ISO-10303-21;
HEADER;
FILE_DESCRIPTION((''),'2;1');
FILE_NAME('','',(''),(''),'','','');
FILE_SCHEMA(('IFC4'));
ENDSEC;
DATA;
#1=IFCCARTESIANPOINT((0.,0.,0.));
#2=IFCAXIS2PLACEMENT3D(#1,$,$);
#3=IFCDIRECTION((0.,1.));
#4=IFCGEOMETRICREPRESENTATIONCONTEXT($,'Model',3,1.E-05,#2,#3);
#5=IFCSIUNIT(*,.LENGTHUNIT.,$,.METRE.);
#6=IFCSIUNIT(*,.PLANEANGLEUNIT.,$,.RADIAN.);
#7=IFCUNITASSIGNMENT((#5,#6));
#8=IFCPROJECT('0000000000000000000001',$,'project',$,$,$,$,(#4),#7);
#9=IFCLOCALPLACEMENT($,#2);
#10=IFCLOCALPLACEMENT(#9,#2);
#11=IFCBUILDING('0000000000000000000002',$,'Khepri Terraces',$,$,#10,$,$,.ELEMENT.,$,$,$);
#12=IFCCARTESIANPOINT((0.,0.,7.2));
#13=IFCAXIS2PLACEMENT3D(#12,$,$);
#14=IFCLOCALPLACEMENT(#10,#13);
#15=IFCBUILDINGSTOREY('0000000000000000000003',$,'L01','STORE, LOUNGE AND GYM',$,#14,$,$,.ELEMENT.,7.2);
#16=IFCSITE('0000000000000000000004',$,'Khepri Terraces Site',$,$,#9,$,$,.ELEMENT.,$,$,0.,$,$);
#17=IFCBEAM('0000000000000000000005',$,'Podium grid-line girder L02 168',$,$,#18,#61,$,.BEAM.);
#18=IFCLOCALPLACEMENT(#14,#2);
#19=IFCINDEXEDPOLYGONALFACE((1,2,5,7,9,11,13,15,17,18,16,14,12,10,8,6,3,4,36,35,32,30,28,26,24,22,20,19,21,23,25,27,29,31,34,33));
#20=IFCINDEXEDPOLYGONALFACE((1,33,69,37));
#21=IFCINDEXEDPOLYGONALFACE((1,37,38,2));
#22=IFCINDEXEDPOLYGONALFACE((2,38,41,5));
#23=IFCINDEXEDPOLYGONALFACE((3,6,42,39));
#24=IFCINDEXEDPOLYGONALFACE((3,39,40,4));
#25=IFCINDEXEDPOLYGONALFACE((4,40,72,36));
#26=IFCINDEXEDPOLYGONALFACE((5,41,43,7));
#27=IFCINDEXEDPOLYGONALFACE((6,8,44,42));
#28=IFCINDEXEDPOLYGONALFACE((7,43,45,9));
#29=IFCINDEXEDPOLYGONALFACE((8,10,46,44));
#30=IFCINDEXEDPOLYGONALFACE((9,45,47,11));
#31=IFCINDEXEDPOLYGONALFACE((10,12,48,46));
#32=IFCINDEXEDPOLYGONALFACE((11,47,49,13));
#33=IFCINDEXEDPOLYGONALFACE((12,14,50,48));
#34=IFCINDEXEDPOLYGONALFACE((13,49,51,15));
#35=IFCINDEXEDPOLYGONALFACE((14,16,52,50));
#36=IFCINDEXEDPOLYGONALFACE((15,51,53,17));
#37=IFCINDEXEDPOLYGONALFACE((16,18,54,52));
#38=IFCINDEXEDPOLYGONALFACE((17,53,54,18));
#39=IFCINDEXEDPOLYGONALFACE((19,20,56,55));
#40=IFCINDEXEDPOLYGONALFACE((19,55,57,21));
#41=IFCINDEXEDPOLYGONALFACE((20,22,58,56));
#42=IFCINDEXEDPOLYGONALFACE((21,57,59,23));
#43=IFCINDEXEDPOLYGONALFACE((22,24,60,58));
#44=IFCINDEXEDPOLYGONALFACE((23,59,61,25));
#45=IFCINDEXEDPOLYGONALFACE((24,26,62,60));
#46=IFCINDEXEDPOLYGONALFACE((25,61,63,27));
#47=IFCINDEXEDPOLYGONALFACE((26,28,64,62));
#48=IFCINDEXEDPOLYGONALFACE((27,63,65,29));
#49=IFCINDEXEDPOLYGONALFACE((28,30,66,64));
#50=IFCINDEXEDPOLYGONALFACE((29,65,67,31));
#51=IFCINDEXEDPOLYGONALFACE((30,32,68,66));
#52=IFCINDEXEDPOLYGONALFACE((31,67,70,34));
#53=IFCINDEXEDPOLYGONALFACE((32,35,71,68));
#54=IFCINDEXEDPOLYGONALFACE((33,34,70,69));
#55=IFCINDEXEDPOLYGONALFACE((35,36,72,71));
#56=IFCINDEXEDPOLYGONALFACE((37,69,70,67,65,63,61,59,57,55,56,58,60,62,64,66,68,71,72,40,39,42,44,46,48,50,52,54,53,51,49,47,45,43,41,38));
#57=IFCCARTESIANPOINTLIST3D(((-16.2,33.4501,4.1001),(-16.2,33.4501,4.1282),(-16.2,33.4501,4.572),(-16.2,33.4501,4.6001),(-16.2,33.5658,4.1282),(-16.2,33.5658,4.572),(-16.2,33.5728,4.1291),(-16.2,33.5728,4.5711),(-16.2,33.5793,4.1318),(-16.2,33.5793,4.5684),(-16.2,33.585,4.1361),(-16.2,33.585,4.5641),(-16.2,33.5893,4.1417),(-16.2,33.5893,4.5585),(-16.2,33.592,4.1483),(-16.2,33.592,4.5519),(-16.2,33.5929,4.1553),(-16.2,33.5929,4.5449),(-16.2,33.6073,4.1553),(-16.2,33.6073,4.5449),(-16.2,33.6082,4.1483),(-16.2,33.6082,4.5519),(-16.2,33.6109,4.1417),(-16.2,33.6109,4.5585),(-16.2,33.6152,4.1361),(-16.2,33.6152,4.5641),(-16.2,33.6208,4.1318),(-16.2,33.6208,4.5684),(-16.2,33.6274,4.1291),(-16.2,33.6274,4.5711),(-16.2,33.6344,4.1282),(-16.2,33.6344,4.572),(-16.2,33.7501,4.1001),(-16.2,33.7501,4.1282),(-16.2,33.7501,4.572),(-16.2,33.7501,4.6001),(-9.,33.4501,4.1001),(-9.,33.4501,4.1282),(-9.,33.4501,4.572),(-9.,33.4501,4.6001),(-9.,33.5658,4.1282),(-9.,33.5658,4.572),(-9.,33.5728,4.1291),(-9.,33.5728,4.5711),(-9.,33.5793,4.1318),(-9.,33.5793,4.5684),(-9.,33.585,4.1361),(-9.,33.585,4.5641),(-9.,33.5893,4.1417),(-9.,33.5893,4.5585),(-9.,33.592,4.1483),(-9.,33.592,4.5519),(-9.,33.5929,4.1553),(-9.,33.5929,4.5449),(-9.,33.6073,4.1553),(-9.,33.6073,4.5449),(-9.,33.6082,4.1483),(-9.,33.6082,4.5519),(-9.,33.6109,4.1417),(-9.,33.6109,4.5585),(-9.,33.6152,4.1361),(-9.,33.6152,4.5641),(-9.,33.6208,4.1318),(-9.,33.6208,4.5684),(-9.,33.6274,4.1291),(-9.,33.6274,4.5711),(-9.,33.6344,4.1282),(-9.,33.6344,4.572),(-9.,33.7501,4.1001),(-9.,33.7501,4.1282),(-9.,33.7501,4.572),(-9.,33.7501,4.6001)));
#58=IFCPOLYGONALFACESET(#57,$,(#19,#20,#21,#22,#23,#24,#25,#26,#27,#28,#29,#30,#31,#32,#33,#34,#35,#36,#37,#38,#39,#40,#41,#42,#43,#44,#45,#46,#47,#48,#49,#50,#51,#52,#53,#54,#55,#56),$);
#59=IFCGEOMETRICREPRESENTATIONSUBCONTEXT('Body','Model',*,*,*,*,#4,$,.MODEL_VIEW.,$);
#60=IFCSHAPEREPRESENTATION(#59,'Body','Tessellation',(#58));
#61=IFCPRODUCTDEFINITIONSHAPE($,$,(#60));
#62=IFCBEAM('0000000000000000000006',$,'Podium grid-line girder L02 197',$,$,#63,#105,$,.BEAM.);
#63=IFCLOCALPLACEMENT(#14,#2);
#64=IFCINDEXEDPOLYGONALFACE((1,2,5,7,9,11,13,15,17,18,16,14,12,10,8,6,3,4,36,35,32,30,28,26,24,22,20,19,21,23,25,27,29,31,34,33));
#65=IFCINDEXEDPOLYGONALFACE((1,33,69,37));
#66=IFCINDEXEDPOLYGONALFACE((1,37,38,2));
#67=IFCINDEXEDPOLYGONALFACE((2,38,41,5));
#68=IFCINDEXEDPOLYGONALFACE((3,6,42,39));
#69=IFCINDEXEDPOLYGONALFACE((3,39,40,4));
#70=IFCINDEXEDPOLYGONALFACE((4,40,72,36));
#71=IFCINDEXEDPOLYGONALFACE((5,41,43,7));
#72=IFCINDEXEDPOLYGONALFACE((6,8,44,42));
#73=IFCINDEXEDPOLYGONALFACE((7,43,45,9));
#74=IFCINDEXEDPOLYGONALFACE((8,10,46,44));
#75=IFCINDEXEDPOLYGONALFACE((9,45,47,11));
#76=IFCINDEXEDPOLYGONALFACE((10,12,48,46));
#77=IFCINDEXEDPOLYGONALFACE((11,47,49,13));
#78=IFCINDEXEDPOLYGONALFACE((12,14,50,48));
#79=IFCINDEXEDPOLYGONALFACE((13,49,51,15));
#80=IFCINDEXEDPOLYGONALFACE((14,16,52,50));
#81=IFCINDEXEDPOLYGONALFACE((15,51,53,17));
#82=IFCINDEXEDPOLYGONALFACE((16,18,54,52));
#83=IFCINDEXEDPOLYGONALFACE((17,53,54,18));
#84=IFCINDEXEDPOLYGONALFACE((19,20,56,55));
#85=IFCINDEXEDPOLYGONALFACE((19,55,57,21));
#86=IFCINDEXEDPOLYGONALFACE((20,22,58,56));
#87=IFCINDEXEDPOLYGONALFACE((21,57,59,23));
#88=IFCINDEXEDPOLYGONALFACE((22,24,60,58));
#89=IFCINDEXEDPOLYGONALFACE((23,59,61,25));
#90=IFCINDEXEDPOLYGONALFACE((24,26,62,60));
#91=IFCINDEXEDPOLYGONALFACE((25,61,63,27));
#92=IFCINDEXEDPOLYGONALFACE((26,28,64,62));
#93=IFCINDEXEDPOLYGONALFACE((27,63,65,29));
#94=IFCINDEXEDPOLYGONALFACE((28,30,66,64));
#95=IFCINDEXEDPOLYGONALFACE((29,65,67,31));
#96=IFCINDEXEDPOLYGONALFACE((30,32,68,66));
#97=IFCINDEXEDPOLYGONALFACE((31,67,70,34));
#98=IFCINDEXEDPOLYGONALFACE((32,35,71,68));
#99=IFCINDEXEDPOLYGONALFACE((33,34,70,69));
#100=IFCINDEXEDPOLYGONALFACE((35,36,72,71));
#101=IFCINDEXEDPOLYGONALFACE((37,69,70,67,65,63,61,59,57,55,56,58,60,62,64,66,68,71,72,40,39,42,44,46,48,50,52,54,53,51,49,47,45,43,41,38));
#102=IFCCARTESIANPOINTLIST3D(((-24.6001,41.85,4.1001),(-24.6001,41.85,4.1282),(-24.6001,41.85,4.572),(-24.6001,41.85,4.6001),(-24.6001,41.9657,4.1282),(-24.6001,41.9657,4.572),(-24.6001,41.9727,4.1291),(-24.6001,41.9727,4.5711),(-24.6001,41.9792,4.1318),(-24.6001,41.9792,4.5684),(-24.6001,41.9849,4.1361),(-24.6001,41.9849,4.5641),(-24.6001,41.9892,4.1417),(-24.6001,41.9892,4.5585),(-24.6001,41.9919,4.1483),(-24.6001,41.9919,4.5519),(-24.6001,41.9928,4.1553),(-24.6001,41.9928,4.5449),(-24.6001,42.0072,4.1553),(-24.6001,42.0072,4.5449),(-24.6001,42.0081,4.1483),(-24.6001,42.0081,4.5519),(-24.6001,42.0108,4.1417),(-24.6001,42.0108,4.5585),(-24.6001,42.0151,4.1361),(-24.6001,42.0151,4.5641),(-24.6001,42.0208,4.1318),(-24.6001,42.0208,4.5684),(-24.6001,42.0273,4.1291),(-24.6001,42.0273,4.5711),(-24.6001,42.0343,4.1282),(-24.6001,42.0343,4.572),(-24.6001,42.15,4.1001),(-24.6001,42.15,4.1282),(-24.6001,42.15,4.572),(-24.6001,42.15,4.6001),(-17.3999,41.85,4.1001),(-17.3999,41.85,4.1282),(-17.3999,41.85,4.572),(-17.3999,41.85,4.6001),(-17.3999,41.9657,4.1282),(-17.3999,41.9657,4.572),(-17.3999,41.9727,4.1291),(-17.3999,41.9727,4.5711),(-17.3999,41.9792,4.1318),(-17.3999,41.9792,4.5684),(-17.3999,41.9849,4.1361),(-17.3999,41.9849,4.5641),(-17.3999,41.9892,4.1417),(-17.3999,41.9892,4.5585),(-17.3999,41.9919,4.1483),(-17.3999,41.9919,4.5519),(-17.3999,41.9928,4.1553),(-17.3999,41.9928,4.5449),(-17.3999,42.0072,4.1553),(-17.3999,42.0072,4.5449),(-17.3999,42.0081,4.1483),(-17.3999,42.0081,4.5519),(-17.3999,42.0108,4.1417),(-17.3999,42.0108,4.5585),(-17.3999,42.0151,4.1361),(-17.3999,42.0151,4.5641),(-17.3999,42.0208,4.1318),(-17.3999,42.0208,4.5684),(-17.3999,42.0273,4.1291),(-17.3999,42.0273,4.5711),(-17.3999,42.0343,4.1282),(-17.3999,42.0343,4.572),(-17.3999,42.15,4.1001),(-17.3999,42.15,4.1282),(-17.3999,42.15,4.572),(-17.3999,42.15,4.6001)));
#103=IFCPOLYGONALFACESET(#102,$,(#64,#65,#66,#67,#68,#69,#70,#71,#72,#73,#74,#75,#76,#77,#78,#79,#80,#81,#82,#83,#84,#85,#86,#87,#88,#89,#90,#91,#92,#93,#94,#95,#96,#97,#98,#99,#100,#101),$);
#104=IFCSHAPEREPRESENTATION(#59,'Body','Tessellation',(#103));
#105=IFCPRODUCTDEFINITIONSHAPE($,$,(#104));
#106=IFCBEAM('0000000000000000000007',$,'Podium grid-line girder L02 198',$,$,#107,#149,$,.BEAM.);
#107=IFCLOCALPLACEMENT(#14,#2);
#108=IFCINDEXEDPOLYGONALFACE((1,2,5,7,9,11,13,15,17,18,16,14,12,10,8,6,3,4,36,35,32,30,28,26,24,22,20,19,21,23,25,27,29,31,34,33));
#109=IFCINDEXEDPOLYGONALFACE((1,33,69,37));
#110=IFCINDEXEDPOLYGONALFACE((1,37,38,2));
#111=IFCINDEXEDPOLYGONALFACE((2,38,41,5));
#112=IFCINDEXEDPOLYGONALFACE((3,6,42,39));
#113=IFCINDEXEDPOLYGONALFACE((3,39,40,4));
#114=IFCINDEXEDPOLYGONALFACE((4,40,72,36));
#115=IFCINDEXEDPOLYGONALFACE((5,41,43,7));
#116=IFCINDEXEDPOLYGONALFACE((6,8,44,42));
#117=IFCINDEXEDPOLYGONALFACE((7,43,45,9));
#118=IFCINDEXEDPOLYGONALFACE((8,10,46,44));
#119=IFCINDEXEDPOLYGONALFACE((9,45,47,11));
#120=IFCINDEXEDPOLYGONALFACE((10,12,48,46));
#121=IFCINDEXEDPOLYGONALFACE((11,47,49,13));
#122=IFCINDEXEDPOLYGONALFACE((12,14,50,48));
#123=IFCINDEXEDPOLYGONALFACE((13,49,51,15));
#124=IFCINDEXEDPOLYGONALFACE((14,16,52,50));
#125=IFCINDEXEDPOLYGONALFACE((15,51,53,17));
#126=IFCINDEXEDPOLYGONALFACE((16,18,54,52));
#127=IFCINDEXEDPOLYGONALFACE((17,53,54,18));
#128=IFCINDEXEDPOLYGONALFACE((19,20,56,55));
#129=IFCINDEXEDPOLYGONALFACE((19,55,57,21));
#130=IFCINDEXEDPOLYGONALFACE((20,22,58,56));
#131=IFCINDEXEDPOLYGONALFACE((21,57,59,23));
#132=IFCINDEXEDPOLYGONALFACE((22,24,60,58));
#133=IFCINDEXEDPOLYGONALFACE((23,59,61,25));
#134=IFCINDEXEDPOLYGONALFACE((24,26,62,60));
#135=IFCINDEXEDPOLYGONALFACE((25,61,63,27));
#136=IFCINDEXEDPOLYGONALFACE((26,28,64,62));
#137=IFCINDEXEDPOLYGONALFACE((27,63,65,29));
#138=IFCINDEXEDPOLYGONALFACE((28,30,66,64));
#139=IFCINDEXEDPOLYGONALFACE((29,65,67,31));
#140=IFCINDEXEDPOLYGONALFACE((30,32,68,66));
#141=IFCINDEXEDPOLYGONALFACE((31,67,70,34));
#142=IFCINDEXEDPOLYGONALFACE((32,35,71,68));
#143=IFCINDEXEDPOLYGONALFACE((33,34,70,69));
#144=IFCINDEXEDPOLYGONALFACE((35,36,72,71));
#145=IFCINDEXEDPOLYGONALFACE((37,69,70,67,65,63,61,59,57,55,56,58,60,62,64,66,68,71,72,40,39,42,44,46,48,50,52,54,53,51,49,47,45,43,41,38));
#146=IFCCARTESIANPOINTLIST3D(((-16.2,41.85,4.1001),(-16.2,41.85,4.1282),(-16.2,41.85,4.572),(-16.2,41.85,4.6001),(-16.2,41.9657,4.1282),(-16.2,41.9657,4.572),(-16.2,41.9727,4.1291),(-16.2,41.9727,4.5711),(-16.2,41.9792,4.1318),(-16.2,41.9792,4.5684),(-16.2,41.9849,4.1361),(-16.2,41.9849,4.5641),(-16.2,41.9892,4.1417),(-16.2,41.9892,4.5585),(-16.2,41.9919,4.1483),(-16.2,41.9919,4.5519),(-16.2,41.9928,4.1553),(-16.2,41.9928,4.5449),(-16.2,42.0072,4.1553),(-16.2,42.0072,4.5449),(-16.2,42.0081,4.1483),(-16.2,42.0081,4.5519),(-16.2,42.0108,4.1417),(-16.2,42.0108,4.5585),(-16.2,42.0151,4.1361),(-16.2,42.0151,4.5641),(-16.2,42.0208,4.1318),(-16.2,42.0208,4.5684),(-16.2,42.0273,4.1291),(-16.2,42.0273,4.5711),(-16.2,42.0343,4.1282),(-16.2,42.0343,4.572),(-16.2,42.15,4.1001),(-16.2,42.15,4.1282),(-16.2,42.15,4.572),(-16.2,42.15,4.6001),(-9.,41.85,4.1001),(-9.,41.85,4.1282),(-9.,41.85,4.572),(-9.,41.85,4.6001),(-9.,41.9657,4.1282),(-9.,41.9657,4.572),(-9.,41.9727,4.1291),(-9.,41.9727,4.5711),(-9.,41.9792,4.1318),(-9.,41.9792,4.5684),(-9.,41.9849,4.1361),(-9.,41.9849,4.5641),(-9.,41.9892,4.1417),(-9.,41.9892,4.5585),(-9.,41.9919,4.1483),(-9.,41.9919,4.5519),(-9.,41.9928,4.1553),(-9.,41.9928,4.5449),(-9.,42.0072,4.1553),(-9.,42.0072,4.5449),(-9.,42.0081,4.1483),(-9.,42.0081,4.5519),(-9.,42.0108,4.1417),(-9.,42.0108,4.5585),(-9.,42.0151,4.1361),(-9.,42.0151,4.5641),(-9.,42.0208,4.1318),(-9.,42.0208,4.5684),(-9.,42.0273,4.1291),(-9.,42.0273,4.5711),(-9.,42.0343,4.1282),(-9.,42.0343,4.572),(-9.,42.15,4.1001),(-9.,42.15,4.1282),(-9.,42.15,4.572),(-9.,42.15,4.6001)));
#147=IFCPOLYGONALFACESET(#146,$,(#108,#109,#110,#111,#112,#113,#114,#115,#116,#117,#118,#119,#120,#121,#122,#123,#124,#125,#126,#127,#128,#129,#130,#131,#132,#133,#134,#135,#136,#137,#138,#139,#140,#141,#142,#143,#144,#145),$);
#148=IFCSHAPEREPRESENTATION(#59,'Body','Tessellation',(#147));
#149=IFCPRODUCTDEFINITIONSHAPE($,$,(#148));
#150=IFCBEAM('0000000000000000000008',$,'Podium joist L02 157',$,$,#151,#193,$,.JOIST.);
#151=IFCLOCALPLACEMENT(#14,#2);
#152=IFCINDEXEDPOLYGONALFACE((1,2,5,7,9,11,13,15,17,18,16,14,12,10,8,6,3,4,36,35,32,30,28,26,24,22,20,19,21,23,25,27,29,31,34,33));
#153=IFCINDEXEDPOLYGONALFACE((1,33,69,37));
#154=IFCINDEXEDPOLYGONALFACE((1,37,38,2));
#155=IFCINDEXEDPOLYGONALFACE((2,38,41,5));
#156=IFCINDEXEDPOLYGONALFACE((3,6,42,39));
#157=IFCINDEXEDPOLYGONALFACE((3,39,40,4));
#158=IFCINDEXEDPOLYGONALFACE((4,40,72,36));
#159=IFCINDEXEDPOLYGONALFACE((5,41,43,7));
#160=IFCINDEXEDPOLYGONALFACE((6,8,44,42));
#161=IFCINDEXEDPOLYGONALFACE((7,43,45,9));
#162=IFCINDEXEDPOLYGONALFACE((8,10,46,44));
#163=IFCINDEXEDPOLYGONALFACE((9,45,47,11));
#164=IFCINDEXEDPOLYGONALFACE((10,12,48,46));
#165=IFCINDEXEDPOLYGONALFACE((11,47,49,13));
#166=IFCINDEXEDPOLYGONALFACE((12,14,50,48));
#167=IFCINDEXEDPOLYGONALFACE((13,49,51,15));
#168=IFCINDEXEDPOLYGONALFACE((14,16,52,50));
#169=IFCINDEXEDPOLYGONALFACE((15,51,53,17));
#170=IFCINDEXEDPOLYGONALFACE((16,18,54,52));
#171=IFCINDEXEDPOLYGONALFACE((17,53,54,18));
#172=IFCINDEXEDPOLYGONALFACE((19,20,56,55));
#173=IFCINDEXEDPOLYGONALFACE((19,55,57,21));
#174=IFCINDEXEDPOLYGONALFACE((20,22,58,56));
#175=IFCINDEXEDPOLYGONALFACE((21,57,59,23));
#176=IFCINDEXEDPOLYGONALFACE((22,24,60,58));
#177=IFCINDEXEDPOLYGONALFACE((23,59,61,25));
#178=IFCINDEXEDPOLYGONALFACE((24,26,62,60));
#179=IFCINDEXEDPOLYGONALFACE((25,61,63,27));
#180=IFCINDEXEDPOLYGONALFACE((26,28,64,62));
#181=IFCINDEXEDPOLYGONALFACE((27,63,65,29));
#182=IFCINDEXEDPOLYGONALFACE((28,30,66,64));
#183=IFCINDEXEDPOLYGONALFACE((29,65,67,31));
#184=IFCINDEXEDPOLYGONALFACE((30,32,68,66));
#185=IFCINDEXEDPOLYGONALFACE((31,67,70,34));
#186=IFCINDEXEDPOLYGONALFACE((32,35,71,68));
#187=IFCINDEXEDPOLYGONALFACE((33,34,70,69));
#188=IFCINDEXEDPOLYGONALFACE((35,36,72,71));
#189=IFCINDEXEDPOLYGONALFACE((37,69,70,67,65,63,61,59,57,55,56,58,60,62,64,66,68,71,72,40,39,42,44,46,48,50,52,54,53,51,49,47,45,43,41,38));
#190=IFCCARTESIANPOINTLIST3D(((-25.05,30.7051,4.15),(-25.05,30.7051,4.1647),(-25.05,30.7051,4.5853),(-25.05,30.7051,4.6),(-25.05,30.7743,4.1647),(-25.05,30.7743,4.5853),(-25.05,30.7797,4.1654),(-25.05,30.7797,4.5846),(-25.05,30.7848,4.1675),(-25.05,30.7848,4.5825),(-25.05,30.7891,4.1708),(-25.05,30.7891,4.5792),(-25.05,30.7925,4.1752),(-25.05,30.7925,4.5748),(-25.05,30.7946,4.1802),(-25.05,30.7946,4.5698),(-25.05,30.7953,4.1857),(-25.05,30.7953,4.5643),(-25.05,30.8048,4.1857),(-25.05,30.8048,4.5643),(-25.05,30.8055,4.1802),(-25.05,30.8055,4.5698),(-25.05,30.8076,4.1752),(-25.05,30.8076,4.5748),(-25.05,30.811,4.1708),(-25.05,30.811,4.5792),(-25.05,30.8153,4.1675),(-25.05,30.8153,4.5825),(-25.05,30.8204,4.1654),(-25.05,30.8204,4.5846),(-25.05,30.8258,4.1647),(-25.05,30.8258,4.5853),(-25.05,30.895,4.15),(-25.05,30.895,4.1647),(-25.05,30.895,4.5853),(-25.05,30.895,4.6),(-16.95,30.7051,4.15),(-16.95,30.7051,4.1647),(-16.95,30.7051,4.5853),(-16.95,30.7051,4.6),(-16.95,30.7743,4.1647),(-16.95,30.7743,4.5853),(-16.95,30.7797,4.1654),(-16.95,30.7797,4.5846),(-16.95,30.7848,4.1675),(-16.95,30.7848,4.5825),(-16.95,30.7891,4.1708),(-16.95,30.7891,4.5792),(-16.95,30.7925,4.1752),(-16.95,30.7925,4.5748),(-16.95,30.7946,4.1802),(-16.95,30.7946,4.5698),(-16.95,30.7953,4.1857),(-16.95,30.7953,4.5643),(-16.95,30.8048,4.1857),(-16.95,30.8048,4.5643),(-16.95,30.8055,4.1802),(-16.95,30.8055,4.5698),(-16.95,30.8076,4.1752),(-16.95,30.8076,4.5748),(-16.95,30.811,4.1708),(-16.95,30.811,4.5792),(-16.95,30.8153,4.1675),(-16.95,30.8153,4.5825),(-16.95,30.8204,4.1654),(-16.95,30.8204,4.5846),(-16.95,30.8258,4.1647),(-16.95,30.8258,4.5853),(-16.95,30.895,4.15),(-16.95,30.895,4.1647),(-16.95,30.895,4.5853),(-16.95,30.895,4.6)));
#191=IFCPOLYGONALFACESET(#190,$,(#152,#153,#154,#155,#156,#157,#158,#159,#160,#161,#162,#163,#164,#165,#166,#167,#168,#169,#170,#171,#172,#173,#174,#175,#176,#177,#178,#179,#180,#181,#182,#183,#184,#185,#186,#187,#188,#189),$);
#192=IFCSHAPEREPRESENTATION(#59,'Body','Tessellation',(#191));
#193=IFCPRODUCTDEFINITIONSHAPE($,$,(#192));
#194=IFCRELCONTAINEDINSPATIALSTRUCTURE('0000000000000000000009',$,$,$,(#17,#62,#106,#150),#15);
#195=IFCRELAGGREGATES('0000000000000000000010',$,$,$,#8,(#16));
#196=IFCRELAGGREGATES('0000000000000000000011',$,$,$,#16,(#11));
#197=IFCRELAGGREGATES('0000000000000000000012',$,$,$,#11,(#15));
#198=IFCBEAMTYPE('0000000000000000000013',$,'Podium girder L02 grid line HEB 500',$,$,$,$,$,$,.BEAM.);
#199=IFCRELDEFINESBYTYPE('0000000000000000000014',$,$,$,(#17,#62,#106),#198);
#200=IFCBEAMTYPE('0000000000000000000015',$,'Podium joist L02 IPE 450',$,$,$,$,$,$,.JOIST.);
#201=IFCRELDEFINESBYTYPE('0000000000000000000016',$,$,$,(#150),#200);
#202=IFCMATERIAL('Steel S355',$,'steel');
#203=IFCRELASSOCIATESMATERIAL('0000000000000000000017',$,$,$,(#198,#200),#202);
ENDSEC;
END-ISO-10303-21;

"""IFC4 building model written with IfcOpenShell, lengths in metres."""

from ifc_helpers import new_model, si_unit, direction, frame, origin, origin_2d, place, context, subcontext, project, spatial, i_section, extrude, material, material_profile, profile_set, type_object, element, save


model = new_model("IFC4")

# Units and contexts
model_context = context("Model", 3, precision=1e-05, world=origin(), true_north=direction((0.0, 1.0)))
body_context = subcontext(model_context, "Body", "Model", "MODEL_VIEW")
ifc_project = project(units=[si_unit("LENGTHUNIT", "METRE"), si_unit("PLANEANGLEUNIT", "RADIAN")], contexts=[model_context])

# Site, building, storey
site_placement = place(None, origin())
site = spatial("IfcSite", under=ifc_project, at=site_placement, Name="Khepri Terraces Site", CompositionType="ELEMENT", RefElevation=0.0)
building_placement = place(site_placement, origin())
building = spatial("IfcBuilding", under=site, at=building_placement, Name="Khepri Terraces", CompositionType="ELEMENT")
storey_placement = place(building_placement, frame((0.0, 0.0, 7.2)))
storey = spatial("IfcBuildingStorey", under=building, at=storey_placement, Name="L01", Description="STORE, LOUNGE AND GYM", CompositionType="ELEMENT", Elevation=7.2)

# Beams
ifc_material_1 = material(Name="Steel S355", Category="steel")
ifc_material_profile_1 = material_profile(ifc_material_1, i_section(OverallWidth=0.3, OverallDepth=0.5, WebThickness=0.0144, FlangeThickness=0.0281, FilletRadius=0.0271, at=origin_2d()), Name="Steel S355", Category="steel")
ifc_profile_set_1 = profile_set([ifc_material_profile_1], Name="Steel S355")
beam_type_1 = type_object("IfcBeamType", Name="Podium girder L02 grid line HEB 500", PredefinedType="BEAM", material=ifc_profile_set_1)
beam_1_placement = place(storey_placement, frame((-16.2, 33.6001, 4.3501), z_axis=(1.0, 0.0, 0.0), x_axis=(0.0, 1.0, 0.0)))
element("IfcBeam", 1, at=beam_1_placement, inside=storey, type_object=beam_type_1, Name="Podium grid-line girder L02 168", PredefinedType="BEAM", context=body_context, shape_type="SweptSolid", body=[
    extrude(i_section(OverallWidth=0.3, OverallDepth=0.5, WebThickness=0.0144, FlangeThickness=0.0281, FilletRadius=0.0271, at=origin_2d()), origin(), (0.0, 0.0, 1.0), 7.2),
])
beam_2_placement = place(storey_placement, frame((-24.6001, 42.0, 4.3501), z_axis=(1.0, 0.0, 0.0), x_axis=(0.0, 1.0, 0.0)))
element("IfcBeam", 2, at=beam_2_placement, inside=storey, type_object=beam_type_1, Name="Podium grid-line girder L02 197", PredefinedType="BEAM", context=body_context, shape_type="SweptSolid", body=[
    extrude(i_section(OverallWidth=0.3, OverallDepth=0.5, WebThickness=0.0144, FlangeThickness=0.0281, FilletRadius=0.0271, at=origin_2d()), origin(), (0.0, 0.0, 1.0), 7.2002),
])
beam_3_placement = place(storey_placement, frame((-16.2, 42.0, 4.3501), z_axis=(1.0, 0.0, 0.0), x_axis=(0.0, 1.0, 0.0)))
element("IfcBeam", 3, at=beam_3_placement, inside=storey, type_object=beam_type_1, Name="Podium grid-line girder L02 198", PredefinedType="BEAM", context=body_context, shape_type="SweptSolid", body=[
    extrude(i_section(OverallWidth=0.3, OverallDepth=0.5, WebThickness=0.0144, FlangeThickness=0.0281, FilletRadius=0.0271, at=origin_2d()), origin(), (0.0, 0.0, 1.0), 7.2),
])
ifc_material_profile_2 = material_profile(ifc_material_1, i_section(OverallWidth=0.1899, OverallDepth=0.45, WebThickness=0.0095, FlangeThickness=0.0146, FilletRadius=0.021, at=origin_2d()), Name="Steel S355", Category="steel")
ifc_profile_set_2 = profile_set([ifc_material_profile_2], Name="Steel S355")
beam_type_2 = type_object("IfcBeamType", Name="Podium joist L02 IPE 450", PredefinedType="JOIST", material=ifc_profile_set_2)
beam_4_placement = place(storey_placement, frame((-25.05, 30.8, 4.375), z_axis=(1.0, 0.0, 0.0), x_axis=(0.0, 1.0, 0.0)))
element("IfcBeam", 4, at=beam_4_placement, inside=storey, type_object=beam_type_2, Name="Podium joist L02 157", PredefinedType="JOIST", context=body_context, shape_type="SweptSolid", body=[
    extrude(i_section(OverallWidth=0.1899, OverallDepth=0.45, WebThickness=0.0095, FlangeThickness=0.0146, FilletRadius=0.021, at=origin_2d()), origin(), (0.0, 0.0, 1.0), 8.1001),
])

save(model, "model.ifc")
